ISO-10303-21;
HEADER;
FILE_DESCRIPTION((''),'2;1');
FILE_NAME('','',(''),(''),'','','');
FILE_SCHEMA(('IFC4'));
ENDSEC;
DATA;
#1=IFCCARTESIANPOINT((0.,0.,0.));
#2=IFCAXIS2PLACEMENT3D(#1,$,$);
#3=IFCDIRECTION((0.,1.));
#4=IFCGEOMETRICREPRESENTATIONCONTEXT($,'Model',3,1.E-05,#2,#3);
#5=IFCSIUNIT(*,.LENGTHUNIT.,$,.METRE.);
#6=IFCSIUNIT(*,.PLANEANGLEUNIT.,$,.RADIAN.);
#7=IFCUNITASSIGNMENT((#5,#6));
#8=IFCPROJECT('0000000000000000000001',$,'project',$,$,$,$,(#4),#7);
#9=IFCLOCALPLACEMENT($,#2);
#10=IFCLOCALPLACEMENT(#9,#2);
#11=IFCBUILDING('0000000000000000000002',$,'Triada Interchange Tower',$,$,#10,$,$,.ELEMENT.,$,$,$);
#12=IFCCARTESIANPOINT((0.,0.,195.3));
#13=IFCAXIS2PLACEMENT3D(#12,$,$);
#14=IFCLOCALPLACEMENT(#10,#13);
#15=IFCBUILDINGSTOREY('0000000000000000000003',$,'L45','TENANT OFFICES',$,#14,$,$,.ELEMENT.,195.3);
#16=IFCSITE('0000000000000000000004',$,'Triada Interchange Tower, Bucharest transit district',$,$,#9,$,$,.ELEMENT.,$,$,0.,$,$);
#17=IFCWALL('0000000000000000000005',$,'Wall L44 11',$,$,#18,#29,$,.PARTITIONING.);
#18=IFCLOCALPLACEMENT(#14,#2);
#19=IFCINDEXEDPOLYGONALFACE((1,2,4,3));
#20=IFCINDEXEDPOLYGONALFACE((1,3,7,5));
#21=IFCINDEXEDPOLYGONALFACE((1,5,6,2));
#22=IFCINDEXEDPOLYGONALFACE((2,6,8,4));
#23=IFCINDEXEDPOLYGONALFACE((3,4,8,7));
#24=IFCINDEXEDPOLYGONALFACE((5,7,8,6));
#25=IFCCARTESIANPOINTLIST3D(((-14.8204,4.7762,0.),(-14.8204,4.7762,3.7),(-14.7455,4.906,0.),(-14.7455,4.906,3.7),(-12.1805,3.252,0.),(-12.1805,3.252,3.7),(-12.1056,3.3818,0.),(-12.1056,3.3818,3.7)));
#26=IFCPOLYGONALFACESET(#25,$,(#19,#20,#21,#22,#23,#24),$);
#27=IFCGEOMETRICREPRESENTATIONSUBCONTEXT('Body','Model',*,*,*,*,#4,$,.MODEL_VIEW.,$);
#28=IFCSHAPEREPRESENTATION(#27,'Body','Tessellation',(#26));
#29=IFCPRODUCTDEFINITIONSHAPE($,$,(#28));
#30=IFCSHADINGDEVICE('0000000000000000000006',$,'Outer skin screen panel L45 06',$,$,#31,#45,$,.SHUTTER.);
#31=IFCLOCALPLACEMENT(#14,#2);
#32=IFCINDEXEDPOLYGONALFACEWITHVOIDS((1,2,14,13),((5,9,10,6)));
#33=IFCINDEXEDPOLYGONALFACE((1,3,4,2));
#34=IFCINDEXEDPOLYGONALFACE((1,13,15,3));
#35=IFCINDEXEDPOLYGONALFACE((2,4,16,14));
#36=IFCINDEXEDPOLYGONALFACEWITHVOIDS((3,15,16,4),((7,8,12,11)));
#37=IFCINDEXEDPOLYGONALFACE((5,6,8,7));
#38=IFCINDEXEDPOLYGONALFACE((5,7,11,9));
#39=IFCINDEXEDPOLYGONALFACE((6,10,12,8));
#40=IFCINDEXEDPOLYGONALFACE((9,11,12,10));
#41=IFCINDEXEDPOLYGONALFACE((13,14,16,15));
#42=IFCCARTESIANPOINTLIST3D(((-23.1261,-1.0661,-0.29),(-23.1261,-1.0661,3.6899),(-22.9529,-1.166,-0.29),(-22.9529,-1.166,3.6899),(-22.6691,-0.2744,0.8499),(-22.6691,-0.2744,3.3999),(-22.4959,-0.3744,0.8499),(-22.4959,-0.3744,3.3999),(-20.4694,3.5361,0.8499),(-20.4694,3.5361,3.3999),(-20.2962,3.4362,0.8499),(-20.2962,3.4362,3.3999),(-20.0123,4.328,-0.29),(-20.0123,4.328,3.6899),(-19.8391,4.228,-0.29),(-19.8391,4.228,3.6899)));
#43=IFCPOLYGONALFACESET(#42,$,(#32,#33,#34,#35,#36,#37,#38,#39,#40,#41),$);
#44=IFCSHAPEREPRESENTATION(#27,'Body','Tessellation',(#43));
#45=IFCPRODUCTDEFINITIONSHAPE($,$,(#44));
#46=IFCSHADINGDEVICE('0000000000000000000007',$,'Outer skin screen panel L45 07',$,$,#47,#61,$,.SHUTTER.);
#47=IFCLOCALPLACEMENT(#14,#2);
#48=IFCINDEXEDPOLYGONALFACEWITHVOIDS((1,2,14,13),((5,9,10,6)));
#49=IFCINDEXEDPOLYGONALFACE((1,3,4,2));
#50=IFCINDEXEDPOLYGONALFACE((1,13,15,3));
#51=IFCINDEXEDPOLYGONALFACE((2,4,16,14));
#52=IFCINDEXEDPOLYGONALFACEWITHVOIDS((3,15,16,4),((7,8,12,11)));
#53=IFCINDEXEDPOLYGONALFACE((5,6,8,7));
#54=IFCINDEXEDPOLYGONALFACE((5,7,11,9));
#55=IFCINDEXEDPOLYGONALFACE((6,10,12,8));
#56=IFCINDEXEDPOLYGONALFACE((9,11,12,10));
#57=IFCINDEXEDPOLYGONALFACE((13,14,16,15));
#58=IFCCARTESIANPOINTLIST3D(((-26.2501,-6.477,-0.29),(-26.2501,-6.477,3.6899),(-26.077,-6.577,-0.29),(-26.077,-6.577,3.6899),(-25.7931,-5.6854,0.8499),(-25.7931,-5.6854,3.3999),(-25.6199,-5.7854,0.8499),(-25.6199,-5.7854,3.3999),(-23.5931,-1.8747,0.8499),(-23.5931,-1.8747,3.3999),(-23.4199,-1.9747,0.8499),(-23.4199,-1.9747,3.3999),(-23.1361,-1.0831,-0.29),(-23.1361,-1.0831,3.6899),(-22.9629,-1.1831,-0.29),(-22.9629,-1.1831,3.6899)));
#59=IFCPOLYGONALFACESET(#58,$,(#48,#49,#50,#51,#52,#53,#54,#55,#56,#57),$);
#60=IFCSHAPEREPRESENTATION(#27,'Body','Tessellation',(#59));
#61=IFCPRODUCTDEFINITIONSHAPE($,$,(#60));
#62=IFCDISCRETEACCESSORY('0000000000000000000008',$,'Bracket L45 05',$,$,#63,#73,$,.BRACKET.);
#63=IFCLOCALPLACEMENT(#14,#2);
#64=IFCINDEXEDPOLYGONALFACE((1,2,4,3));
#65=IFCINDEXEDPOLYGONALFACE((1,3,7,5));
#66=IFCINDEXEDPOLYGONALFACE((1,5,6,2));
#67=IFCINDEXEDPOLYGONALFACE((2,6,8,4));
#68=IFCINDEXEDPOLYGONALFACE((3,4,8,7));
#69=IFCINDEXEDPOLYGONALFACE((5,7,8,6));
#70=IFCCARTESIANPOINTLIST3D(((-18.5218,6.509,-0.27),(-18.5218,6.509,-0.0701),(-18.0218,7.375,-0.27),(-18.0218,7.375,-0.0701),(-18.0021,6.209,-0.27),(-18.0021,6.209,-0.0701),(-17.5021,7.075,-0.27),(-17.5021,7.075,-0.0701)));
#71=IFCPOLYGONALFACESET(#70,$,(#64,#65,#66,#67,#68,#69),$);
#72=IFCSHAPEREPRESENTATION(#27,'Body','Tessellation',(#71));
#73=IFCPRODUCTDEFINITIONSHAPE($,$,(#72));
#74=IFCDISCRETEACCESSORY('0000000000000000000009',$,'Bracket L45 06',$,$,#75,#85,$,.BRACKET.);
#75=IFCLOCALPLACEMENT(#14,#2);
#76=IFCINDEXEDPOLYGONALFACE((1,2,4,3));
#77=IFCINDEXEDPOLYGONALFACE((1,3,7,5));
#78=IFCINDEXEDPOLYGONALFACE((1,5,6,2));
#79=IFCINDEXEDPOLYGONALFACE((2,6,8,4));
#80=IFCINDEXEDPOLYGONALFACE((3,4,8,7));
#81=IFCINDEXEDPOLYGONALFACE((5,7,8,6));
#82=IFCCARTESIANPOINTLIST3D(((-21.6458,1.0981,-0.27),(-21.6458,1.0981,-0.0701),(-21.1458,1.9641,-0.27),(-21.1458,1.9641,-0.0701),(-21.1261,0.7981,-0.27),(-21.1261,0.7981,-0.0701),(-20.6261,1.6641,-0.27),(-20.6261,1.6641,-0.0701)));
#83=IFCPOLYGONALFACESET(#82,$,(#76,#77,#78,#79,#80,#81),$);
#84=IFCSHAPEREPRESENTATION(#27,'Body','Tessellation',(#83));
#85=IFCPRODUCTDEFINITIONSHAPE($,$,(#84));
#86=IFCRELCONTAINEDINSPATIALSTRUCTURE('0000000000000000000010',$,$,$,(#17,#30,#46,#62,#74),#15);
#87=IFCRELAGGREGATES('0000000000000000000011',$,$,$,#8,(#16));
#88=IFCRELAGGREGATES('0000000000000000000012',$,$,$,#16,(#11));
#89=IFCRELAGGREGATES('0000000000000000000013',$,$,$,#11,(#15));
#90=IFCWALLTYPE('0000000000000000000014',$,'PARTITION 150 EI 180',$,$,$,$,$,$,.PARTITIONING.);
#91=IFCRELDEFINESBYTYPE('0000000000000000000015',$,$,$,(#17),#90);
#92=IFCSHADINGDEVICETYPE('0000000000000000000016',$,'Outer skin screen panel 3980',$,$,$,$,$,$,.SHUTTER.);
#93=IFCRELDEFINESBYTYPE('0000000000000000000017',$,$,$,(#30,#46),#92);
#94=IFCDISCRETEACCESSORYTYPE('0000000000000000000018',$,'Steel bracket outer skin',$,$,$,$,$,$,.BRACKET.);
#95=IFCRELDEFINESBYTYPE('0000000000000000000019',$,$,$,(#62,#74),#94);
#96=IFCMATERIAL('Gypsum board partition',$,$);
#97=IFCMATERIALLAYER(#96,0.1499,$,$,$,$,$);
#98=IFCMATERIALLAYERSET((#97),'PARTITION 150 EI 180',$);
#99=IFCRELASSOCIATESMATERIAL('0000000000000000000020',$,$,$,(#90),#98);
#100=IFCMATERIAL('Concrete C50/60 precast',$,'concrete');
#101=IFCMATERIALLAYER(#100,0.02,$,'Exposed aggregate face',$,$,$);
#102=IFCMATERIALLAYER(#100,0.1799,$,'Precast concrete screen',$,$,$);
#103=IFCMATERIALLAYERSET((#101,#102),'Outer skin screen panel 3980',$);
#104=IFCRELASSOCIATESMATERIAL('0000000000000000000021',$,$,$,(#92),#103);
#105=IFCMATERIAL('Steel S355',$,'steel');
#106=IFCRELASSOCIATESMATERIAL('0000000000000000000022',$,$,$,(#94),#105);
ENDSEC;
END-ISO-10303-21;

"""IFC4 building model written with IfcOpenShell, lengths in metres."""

from ifc_helpers import new_model, si_unit, direction, frame, frame_2d, origin, origin_2d, place, context, subcontext, project, spatial, polyline, rectangle, outline, extrude, material, layer, layer_set, type_object, element, save


model = new_model("IFC4")

# Units and contexts
model_context = context("Model", 3, precision=1e-05, world=origin(), true_north=direction((0.0, 1.0)))
body_context = subcontext(model_context, "Body", "Model", "MODEL_VIEW")
ifc_project = project(units=[si_unit("LENGTHUNIT", "METRE"), si_unit("PLANEANGLEUNIT", "RADIAN")], contexts=[model_context])

# Site, building, storey
site_placement = place(None, origin())
site = spatial("IfcSite", under=ifc_project, at=site_placement, Name="Triada Interchange Tower, Bucharest transit district", CompositionType="ELEMENT", RefElevation=0.0)
building_placement = place(site_placement, origin())
building = spatial("IfcBuilding", under=site, at=building_placement, Name="Triada Interchange Tower", CompositionType="ELEMENT")
storey_placement = place(building_placement, frame((0.0, 0.0, 195.3)))
storey = spatial("IfcBuildingStorey", under=building, at=storey_placement, Name="L45", Description="TENANT OFFICES", CompositionType="ELEMENT", Elevation=195.3)

# Wall
ifc_material_1 = material(Name="Gypsum board partition")
ifc_layer_1 = layer(ifc_material_1, 0.1499)
ifc_layer_set_1 = layer_set([ifc_layer_1], Name="PARTITION 150 EI 180")
wall_type_1 = type_object("IfcWallType", Name="PARTITION 150 EI 180", PredefinedType="PARTITIONING", material=ifc_layer_set_1)
wall_1_placement = place(storey_placement, frame((-14.783, 4.8411, 0.0), z_axis=(0.0, 0.0, 1.0), x_axis=(0.866022, -0.500007, 0.0)))
element("IfcWall", 1, at=wall_1_placement, inside=storey, type_object=wall_type_1, Name="Wall L44 11", PredefinedType="PARTITIONING", context=body_context, shape_type="SweptSolid", body=[
    extrude(rectangle(XDim=3.0483, YDim=0.1499, at=frame_2d((1.5242, 0.0))), origin(), (0.0, 0.0, 1.0), 3.7),
])

# Shading devices
ifc_material_2 = material(Name="Concrete C50/60 precast", Category="concrete")
ifc_layer_2 = layer(ifc_material_2, 0.02, Name="Exposed aggregate face")
ifc_layer_3 = layer(ifc_material_2, 0.1799, Name="Precast concrete screen")
ifc_layer_set_2 = layer_set([ifc_layer_2, ifc_layer_3], Name="Outer skin screen panel 3980")
shading_device_type = type_object("IfcShadingDeviceType", Name="Outer skin screen panel 3980", PredefinedType="SHUTTER", material=ifc_layer_set_2)
shading_device_1_placement = place(storey_placement, frame((-19.8391, 4.228, -0.29), z_axis=(0.0, 0.0, 1.0), x_axis=(-0.499942, -0.866059, 0.0)))
element("IfcShadingDevice", 2, at=shading_device_1_placement, inside=storey, type_object=shading_device_type, Name="Outer skin screen panel L45 06", PredefinedType="SHUTTER", context=body_context, shape_type="SweptSolid", body=[
    extrude(outline(polyline([(0.0, 0.0), (6.2283, 0.0), (6.2283, 3.98), (0.0, 3.98), (0.0, 0.0)]), holes=[polyline([(0.9143, 1.1399), (0.9143, 3.6899), (5.3142, 3.6899), (5.3142, 1.1399), (0.9143, 1.1399)])]), frame((0.0, 0.0, 0.0), z_axis=(0.0, -1.0, 0.0), x_axis=(1.0, 0.0, 0.0)), (0.0, 0.0, 1.0), 0.2),
])
shading_device_2_placement = place(storey_placement, frame((-22.9629, -1.1831, -0.29), z_axis=(0.0, 0.0, 1.0), x_axis=(-0.499988, -0.866032, 0.0)))
element("IfcShadingDevice", 3, at=shading_device_2_placement, inside=storey, type_object=shading_device_type, Name="Outer skin screen panel L45 07", PredefinedType="SHUTTER", context=body_context, shape_type="SweptSolid", body=[
    extrude(outline(polyline([(0.0, 0.0), (6.2283, 0.0), (6.2283, 3.98), (0.0, 3.98), (0.0, 0.0)]), holes=[polyline([(0.9141, 1.1399), (0.9141, 3.6899), (5.3142, 3.6899), (5.3142, 1.1399), (0.9141, 1.1399)])]), frame((0.0, 0.0, 0.0), z_axis=(0.0, -1.0, 0.0), x_axis=(1.0, 0.0, 0.0)), (0.0, 0.0, 1.0), 0.2),
])

# Discrete accessories
ifc_material_3 = material(Name="Steel S355", Category="steel")
discrete_accessory_type = type_object("IfcDiscreteAccessoryType", Name="Steel bracket outer skin", PredefinedType="BRACKET", material=ifc_material_3)
for number, where, z_axis, x_axis, name in (
    (4, (-18.012, 6.792, -0.27), (0.0, 0.0, 1.0), (-0.866023, 0.500003, 0.0), "Bracket L45 05"),
    (5, (-21.136, 1.3811, -0.27), (0.0, 0.0, 1.0), (-0.866023, 0.500003, 0.0), "Bracket L45 06"),
):
    element("IfcDiscreteAccessory", number, at=place(storey_placement, frame(where, z_axis=z_axis, x_axis=x_axis)), inside=storey, type_object=discrete_accessory_type, Name=name, PredefinedType="BRACKET", context=body_context, shape_type="SweptSolid", body=[
        extrude(rectangle(XDim=0.6001, YDim=1.0, at=origin_2d()), origin(), (0.0, 0.0, 1.0), 0.2),
    ])

save(model, "model.ifc")
